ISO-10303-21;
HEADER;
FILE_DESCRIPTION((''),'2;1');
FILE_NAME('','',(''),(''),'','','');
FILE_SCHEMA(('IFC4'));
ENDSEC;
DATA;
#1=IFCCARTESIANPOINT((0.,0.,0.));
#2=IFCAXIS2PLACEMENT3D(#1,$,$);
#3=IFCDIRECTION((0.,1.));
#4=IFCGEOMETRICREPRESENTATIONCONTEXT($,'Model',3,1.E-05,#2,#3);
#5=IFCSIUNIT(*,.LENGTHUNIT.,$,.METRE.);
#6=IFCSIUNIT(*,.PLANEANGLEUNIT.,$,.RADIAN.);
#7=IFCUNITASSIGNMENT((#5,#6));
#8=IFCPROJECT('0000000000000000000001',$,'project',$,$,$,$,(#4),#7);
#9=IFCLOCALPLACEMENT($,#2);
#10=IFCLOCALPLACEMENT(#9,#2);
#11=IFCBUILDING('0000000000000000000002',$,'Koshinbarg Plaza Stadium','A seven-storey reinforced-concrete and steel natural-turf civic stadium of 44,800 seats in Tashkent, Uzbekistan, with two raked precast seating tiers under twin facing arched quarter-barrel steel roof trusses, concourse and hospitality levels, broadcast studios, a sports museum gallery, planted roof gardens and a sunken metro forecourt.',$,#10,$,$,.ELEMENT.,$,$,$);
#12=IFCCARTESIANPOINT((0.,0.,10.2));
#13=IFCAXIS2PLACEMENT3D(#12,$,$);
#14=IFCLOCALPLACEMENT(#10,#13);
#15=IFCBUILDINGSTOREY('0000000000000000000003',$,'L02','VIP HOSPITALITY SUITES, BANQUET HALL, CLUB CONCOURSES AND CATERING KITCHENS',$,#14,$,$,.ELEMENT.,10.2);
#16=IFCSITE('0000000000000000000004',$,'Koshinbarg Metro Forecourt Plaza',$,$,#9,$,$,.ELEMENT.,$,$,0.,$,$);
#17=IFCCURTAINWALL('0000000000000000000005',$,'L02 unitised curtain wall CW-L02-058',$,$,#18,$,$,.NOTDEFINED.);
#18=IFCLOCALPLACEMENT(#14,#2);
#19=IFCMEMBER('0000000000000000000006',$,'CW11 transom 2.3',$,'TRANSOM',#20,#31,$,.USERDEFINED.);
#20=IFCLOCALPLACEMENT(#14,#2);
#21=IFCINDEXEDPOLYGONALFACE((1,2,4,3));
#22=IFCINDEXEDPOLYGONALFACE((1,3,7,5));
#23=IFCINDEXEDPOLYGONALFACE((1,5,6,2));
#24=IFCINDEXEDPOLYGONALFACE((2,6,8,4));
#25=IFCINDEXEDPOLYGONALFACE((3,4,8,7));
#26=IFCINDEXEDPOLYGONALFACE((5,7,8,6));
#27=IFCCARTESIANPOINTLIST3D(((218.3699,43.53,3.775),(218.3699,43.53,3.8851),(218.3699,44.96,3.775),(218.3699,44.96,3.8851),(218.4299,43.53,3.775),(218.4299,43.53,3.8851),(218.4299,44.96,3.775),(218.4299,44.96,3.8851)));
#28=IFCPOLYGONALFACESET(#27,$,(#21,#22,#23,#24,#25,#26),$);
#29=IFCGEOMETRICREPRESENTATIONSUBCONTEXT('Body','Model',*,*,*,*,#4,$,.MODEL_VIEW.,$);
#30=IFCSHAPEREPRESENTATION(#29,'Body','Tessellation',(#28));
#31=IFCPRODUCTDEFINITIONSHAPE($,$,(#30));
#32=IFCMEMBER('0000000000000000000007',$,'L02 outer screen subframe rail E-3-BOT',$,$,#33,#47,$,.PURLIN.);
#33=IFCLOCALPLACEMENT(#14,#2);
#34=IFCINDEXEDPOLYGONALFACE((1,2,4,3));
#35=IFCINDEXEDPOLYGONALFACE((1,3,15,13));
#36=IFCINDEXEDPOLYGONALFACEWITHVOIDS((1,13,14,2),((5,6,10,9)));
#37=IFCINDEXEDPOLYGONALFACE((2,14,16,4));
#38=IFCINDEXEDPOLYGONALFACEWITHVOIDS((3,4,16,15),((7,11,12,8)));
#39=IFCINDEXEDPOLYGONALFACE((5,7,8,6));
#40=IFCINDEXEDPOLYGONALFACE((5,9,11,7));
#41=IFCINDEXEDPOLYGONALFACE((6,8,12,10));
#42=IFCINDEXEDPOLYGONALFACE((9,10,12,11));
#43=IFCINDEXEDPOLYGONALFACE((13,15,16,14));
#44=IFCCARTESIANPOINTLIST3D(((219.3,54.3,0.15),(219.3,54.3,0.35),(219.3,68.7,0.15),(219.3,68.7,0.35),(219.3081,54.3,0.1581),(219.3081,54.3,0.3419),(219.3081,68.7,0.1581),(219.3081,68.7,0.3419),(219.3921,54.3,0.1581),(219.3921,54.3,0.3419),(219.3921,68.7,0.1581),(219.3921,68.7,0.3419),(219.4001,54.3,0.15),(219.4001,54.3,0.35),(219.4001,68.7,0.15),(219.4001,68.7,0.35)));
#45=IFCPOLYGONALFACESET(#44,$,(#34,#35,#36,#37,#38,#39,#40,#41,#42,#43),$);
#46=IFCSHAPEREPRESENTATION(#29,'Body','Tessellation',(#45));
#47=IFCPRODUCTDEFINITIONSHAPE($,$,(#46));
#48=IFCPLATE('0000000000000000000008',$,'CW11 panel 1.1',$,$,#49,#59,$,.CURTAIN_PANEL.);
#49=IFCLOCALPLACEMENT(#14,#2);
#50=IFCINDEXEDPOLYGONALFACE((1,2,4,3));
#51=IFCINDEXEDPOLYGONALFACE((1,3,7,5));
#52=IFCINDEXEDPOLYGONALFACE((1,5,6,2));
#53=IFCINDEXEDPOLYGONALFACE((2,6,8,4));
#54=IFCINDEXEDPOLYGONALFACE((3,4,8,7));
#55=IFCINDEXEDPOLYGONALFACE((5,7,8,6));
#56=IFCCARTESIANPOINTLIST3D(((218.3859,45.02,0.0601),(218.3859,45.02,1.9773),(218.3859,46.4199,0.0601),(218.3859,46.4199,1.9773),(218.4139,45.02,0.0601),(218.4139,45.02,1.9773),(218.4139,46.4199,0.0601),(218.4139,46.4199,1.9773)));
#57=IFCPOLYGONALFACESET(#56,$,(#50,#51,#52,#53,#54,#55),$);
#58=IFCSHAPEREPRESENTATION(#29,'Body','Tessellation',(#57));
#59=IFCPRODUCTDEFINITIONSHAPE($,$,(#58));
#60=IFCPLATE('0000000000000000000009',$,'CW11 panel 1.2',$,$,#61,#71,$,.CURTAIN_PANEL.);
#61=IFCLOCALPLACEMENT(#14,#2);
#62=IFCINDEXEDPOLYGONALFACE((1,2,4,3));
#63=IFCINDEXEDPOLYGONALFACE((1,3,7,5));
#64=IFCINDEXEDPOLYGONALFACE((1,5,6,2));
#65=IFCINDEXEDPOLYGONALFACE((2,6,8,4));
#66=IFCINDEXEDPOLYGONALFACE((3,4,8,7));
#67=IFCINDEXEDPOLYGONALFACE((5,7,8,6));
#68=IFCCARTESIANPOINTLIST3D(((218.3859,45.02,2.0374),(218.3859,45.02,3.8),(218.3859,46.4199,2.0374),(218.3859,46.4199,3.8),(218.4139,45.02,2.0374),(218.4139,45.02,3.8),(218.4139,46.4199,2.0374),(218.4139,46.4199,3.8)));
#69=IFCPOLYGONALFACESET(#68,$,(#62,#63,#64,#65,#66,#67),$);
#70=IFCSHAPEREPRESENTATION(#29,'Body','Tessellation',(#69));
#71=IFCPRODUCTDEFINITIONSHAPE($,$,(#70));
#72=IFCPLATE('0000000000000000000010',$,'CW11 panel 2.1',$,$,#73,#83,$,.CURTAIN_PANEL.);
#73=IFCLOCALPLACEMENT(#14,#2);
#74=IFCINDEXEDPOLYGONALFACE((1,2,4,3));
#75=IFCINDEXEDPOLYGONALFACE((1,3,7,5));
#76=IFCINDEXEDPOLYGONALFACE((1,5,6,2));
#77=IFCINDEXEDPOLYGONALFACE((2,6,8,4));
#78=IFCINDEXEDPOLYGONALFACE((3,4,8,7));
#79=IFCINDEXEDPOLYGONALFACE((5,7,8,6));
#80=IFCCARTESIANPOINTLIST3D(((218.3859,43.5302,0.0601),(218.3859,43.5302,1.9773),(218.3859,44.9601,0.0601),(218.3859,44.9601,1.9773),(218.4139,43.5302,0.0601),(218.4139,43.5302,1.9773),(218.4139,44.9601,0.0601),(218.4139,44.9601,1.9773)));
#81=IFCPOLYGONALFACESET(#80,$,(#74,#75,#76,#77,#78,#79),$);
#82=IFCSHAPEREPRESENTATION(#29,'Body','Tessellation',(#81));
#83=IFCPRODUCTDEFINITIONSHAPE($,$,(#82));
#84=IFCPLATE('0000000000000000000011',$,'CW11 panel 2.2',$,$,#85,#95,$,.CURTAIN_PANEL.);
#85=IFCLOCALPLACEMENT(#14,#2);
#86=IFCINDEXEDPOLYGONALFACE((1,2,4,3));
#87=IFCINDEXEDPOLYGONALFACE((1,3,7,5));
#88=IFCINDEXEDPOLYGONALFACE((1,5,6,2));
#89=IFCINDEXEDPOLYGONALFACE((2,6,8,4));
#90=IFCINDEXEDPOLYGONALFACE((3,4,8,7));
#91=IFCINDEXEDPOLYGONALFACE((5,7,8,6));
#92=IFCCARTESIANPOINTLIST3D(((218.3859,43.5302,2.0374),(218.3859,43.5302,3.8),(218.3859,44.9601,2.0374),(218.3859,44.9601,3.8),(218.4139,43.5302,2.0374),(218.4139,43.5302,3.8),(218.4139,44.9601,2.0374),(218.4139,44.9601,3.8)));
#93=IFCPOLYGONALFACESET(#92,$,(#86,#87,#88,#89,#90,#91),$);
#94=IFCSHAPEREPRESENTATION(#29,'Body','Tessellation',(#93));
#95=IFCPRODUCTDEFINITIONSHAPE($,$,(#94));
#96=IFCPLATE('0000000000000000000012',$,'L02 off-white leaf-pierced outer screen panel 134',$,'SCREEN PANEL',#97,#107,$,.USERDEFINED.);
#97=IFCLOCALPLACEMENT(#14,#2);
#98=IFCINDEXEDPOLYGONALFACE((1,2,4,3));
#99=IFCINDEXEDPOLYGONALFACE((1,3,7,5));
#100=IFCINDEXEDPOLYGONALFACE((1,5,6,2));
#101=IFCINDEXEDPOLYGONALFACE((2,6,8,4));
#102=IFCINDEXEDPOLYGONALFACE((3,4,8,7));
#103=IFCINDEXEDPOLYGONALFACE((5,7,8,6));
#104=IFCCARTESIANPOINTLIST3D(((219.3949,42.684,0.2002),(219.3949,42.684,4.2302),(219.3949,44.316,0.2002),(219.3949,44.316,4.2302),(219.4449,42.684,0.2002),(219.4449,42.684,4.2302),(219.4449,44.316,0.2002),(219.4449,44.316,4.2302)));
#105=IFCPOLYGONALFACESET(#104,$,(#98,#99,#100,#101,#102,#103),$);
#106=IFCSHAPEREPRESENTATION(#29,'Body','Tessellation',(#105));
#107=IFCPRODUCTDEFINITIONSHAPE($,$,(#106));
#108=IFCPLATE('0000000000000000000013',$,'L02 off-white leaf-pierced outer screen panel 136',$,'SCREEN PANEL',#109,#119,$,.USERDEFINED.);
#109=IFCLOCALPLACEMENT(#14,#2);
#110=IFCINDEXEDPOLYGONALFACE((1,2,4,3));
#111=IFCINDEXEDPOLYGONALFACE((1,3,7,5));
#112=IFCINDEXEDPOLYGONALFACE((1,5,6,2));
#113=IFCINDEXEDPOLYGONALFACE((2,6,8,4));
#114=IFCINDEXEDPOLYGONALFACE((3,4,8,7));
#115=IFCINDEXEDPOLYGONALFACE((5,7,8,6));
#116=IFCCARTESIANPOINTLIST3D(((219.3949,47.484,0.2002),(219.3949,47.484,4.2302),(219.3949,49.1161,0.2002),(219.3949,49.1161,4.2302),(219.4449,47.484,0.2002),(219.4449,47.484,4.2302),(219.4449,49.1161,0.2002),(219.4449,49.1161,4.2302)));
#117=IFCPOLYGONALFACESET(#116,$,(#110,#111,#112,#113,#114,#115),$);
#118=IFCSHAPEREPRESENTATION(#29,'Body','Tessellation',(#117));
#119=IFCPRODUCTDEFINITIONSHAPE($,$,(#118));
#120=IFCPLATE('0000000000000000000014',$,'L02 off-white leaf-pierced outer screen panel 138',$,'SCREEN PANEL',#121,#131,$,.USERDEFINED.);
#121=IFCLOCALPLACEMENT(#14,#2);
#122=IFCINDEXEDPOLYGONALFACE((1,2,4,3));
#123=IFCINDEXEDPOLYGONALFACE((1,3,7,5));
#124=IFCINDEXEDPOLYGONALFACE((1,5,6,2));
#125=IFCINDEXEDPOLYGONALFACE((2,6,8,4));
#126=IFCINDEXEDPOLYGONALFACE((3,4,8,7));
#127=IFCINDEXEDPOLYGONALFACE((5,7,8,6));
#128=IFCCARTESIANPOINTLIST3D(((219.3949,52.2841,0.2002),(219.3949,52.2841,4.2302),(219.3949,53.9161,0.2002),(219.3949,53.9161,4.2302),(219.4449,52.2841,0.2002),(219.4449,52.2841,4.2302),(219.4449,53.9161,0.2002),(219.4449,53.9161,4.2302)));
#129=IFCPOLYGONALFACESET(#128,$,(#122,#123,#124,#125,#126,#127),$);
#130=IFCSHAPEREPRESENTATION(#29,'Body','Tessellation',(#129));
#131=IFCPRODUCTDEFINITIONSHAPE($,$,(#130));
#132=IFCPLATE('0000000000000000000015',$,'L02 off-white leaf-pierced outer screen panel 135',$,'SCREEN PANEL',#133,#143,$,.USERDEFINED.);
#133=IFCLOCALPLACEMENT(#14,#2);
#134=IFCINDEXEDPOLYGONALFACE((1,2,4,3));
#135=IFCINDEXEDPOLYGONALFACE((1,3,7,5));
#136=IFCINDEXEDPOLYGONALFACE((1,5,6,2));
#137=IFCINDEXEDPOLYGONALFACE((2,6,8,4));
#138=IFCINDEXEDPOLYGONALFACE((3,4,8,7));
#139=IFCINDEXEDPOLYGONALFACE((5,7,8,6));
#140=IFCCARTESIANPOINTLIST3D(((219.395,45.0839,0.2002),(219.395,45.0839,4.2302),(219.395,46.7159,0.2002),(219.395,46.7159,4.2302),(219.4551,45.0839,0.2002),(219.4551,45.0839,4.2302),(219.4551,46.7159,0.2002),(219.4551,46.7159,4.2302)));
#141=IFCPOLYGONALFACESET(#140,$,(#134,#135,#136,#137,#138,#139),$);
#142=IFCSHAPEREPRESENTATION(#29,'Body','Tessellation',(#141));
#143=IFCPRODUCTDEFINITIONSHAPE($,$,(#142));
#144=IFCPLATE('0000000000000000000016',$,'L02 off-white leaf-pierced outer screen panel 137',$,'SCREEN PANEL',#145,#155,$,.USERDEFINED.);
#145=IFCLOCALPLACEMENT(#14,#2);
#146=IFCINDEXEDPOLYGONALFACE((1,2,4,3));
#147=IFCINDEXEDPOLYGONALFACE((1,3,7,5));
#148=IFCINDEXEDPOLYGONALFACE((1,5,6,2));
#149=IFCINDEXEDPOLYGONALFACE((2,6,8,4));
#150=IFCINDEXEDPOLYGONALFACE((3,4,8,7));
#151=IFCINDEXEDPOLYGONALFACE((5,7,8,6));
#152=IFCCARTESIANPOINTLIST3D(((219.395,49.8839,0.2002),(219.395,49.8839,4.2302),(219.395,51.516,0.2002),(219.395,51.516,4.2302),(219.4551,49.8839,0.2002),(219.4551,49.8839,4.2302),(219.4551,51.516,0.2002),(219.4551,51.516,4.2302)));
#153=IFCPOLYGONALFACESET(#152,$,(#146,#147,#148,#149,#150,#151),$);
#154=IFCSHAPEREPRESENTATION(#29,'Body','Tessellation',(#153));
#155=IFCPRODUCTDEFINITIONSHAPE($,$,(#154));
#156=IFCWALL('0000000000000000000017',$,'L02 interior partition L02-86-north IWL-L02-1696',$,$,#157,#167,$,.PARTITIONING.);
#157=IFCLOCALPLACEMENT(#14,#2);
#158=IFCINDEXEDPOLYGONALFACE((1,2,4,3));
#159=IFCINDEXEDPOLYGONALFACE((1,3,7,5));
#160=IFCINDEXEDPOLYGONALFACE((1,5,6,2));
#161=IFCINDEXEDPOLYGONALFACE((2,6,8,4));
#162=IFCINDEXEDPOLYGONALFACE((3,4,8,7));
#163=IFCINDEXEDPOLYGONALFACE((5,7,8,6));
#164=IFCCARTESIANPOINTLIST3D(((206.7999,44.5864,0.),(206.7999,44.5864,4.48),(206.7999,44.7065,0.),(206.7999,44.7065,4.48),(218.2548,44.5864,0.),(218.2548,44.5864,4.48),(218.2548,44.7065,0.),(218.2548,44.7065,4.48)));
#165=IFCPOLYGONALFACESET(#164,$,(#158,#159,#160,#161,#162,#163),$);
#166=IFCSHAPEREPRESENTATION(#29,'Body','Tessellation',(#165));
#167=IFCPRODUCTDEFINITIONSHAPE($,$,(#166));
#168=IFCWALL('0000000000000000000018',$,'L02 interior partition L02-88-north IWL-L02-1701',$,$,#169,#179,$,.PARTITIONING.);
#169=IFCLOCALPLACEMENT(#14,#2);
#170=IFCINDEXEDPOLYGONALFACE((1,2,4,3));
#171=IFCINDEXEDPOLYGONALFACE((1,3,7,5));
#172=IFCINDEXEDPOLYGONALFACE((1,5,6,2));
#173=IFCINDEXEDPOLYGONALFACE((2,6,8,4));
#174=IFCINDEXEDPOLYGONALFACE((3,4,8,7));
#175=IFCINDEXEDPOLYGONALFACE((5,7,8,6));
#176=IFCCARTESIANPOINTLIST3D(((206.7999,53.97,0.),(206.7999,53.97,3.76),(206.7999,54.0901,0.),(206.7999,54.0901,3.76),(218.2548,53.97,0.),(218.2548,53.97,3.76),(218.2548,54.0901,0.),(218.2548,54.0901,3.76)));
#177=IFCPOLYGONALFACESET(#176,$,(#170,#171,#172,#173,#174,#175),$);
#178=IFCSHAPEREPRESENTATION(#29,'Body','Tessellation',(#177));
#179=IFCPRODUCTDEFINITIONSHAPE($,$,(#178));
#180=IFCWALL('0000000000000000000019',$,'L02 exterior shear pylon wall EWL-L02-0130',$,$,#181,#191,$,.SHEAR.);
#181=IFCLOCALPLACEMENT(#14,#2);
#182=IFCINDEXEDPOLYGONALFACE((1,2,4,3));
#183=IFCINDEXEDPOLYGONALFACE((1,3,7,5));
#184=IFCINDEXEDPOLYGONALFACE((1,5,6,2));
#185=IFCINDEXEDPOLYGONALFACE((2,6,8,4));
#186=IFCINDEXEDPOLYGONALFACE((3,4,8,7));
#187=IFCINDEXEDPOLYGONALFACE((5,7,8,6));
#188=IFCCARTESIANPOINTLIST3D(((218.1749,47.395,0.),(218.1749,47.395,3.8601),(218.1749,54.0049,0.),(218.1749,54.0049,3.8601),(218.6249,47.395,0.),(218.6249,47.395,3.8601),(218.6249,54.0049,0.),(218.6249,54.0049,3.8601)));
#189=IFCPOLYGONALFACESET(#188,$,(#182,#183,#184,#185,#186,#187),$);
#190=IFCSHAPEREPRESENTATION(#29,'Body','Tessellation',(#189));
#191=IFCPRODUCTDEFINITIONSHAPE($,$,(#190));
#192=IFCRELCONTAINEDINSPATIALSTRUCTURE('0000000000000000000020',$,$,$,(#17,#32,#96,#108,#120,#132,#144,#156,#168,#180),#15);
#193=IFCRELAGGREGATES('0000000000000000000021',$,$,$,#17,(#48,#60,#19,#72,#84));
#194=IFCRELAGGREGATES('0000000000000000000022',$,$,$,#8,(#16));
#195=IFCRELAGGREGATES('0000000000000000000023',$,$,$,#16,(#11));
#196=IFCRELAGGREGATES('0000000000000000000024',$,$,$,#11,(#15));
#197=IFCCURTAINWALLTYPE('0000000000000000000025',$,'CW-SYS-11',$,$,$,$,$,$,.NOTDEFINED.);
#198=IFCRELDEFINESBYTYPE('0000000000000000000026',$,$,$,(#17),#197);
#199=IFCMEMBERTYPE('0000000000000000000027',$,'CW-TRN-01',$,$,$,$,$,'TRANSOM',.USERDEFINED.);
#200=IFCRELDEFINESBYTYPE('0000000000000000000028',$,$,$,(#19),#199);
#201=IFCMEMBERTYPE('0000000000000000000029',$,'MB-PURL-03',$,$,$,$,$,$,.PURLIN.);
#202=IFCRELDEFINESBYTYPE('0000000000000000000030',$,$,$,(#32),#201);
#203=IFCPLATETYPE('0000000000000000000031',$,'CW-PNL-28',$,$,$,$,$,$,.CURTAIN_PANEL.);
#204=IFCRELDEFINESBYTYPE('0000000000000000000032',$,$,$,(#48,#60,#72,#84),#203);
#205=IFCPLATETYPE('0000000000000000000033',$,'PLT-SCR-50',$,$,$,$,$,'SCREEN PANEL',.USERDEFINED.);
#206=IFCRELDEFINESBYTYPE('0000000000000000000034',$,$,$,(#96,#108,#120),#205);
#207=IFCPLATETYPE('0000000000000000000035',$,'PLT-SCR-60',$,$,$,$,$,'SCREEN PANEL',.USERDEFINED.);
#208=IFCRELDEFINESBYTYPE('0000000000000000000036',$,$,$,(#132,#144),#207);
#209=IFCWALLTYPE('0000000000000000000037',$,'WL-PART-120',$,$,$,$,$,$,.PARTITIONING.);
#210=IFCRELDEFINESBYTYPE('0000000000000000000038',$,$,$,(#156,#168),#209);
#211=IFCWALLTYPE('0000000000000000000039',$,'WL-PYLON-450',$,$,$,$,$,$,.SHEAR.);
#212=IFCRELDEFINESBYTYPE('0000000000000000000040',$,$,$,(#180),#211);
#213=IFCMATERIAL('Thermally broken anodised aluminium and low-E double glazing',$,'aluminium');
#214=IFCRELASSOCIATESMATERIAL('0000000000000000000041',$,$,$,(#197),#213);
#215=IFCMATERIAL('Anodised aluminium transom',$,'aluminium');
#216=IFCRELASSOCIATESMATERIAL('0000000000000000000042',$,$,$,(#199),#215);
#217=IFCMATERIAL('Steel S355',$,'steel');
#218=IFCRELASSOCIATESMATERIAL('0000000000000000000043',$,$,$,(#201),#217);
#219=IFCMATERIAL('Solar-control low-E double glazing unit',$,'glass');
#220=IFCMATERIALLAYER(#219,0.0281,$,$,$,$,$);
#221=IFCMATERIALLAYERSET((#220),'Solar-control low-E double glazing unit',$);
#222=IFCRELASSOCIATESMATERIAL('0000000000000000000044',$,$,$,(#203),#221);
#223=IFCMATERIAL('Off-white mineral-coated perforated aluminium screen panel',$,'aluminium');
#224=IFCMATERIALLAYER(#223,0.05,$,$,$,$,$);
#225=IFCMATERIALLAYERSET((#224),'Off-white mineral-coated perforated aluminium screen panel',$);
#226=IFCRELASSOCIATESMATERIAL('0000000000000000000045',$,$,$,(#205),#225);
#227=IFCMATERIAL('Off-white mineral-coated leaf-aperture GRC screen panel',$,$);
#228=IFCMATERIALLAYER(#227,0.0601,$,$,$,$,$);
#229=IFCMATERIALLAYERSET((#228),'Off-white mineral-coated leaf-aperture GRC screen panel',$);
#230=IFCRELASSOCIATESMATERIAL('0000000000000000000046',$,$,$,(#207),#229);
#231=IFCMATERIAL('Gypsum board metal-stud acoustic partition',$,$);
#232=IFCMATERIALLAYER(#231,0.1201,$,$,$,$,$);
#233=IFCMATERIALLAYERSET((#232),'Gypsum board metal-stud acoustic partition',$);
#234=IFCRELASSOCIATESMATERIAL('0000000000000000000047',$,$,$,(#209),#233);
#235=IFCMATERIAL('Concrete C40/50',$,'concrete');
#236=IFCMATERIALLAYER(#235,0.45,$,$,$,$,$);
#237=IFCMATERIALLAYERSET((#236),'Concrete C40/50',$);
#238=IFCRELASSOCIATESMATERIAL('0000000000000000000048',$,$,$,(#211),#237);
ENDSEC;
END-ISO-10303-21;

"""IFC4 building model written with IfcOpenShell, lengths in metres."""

from ifc_helpers import new_model, si_unit, direction, frame, frame_2d, origin, origin_2d, place, context, subcontext, project, spatial, rectangle, hollow_rectangle, extrude, material, layer, layer_set, material_profile, profile_set, type_object, element, aggregate, save


model = new_model("IFC4")

# Units and contexts
model_context = context("Model", 3, precision=1e-05, world=origin(), true_north=direction((0.0, 1.0)))
body_context = subcontext(model_context, "Body", "Model", "MODEL_VIEW")
ifc_project = project(units=[si_unit("LENGTHUNIT", "METRE"), si_unit("PLANEANGLEUNIT", "RADIAN")], contexts=[model_context])

# Site, building, storey
site_placement = place(None, origin())
site = spatial("IfcSite", under=ifc_project, at=site_placement, Name="Koshinbarg Metro Forecourt Plaza", CompositionType="ELEMENT", RefElevation=0.0)
building_placement = place(site_placement, origin())
building = spatial("IfcBuilding", under=site, at=building_placement, Name="Koshinbarg Plaza Stadium", Description="A seven-storey reinforced-concrete and steel natural-turf civic stadium of 44,800 seats in Tashkent, Uzbekistan, with two raked precast seating tiers under twin facing arched quarter-barrel steel roof trusses, concourse and hospitality levels, broadcast studios, a sports museum gallery, planted roof gardens and a sunken metro forecourt.", CompositionType="ELEMENT")
storey_placement = place(building_placement, frame((0.0, 0.0, 10.2)))
storey = spatial("IfcBuildingStorey", under=building, at=storey_placement, Name="L02", Description="VIP HOSPITALITY SUITES, BANQUET HALL, CLUB CONCOURSES AND CATERING KITCHENS", CompositionType="ELEMENT", Elevation=10.2)

# Shared definitions
ifc_material_1 = material(Name="Concrete C40/50", Category="concrete")

# Shared definitions
ifc_material_2 = material(Name="Steel S355", Category="steel")

# Curtain wall, member
ifc_material_3 = material(Name="Thermally broken anodised aluminium and low-E double glazing", Category="aluminium")
curtain_wall_type = type_object("IfcCurtainWallType", Name="CW-SYS-11", PredefinedType="NOTDEFINED", material=ifc_material_3)
curtain_wall_placement = place(storey_placement, origin())
curtain_wall = element("IfcCurtainWall", 1, at=curtain_wall_placement, inside=storey, type_object=curtain_wall_type, Name="L02 unitised curtain wall CW-L02-058", PredefinedType="NOTDEFINED")
ifc_material_4 = material(Name="Anodised aluminium transom", Category="aluminium")
ifc_material_profile_1 = material_profile(ifc_material_4, rectangle(XDim=0.0601, YDim=0.1101, at=origin_2d()), Name="ALU 60x110")
ifc_profile_set_1 = profile_set([ifc_material_profile_1], Name="Anodised aluminium transom")
member_type_1 = type_object("IfcMemberType", Name="CW-TRN-01", ElementType="TRANSOM", PredefinedType="USERDEFINED", material=ifc_profile_set_1)
member_1_placement = place(storey_placement, frame((218.3999, 44.96, 3.8301), z_axis=(0.0, -1.0, 0.0), x_axis=(1.0, 0.0, 0.0)))
member_1 = element("IfcMember", 2, at=member_1_placement, type_object=member_type_1, Name="CW11 transom 2.3", ObjectType="TRANSOM", PredefinedType="USERDEFINED", context=body_context, shape_type="SweptSolid", body=[
    extrude(rectangle(XDim=0.0601, YDim=0.1101, at=origin_2d()), origin(), (0.0, 0.0, 1.0), 1.4299),
])

# Member
ifc_material_profile_2 = material_profile(ifc_material_2, hollow_rectangle(XDim=0.1001, YDim=0.2, WallThickness=0.0081, at=origin_2d()), Name="RHS 200x100x8")
ifc_profile_set_2 = profile_set([ifc_material_profile_2], Name="Steel S355")
member_type_2 = type_object("IfcMemberType", Name="MB-PURL-03", PredefinedType="PURLIN", material=ifc_profile_set_2)
member_2_placement = place(storey_placement, frame((219.3501, 54.3, 0.25), z_axis=(0.0, 1.0, 0.0), x_axis=(-1.0, 0.0, 0.0)))
element("IfcMember", 3, at=member_2_placement, inside=storey, type_object=member_type_2, Name="L02 outer screen subframe rail E-3-BOT", PredefinedType="PURLIN", context=body_context, shape_type="SweptSolid", body=[
    extrude(hollow_rectangle(XDim=0.1001, YDim=0.2, WallThickness=0.0081, at=origin_2d()), origin(), (0.0, 0.0, 1.0), 14.3999),
])

# Plates
ifc_material_5 = material(Name="Solar-control low-E double glazing unit", Category="glass")
ifc_layer_1 = layer(ifc_material_5, 0.0281)
ifc_layer_set_1 = layer_set([ifc_layer_1], Name="Solar-control low-E double glazing unit")
plate_type_1 = type_object("IfcPlateType", Name="CW-PNL-28", PredefinedType="CURTAIN_PANEL", material=ifc_layer_set_1)
plate_1_placement = place(storey_placement, frame((218.3999, 45.72, 0.0601), z_axis=(0.0, 0.0, 1.0), x_axis=(0.0, -1.0, 0.0)))
plate_1 = element("IfcPlate", 4, at=plate_1_placement, type_object=plate_type_1, Name="CW11 panel 1.1", PredefinedType="CURTAIN_PANEL", context=body_context, shape_type="SweptSolid", body=[
    extrude(rectangle(XDim=1.3999, YDim=0.0281, at=origin_2d()), origin(), (0.0, 0.0, 1.0), 1.9172),
])
plate_2_placement = place(storey_placement, frame((218.3999, 45.72, 2.0374), z_axis=(0.0, 0.0, 1.0), x_axis=(0.0, -1.0, 0.0)))
plate_2 = element("IfcPlate", 5, at=plate_2_placement, type_object=plate_type_1, Name="CW11 panel 1.2", PredefinedType="CURTAIN_PANEL", context=body_context, shape_type="SweptSolid", body=[
    extrude(rectangle(XDim=1.3999, YDim=0.0281, at=origin_2d()), origin(), (0.0, 0.0, 1.0), 1.7627),
])
plate_3_placement = place(storey_placement, frame((218.3999, 44.2451, 0.0601), z_axis=(0.0, 0.0, 1.0), x_axis=(0.0, -1.0, 0.0)))
plate_3 = element("IfcPlate", 6, at=plate_3_placement, type_object=plate_type_1, Name="CW11 panel 2.1", PredefinedType="CURTAIN_PANEL", context=body_context, shape_type="SweptSolid", body=[
    extrude(rectangle(XDim=1.4299, YDim=0.0281, at=origin_2d()), origin(), (0.0, 0.0, 1.0), 1.9172),
])
plate_4_placement = place(storey_placement, frame((218.3999, 44.2451, 2.0374), z_axis=(0.0, 0.0, 1.0), x_axis=(0.0, -1.0, 0.0)))
plate_4 = element("IfcPlate", 7, at=plate_4_placement, type_object=plate_type_1, Name="CW11 panel 2.2", PredefinedType="CURTAIN_PANEL", context=body_context, shape_type="SweptSolid", body=[
    extrude(rectangle(XDim=1.4299, YDim=0.0281, at=origin_2d()), origin(), (0.0, 0.0, 1.0), 1.7627),
])
aggregate(curtain_wall, [plate_1, plate_2, member_1, plate_3, plate_4])

# Plates
ifc_material_6 = material(Name="Off-white mineral-coated perforated aluminium screen panel", Category="aluminium")
ifc_layer_2 = layer(ifc_material_6, 0.05)
ifc_layer_set_2 = layer_set([ifc_layer_2], Name="Off-white mineral-coated perforated aluminium screen panel")
plate_type_2 = type_object("IfcPlateType", Name="PLT-SCR-50", ElementType="SCREEN PANEL", PredefinedType="USERDEFINED", material=ifc_layer_set_2)
for number, where, z_axis, x_axis, name in (
    (8, (219.4199, 43.5, 0.2002), (0.0, 0.0, 1.0), (1.0, 0.0, 0.0), "L02 off-white leaf-pierced outer screen panel 134"),
    (9, (219.4199, 48.3, 0.2002), (0.0, 0.0, 1.0), (1.0, 0.0, 0.0), "L02 off-white leaf-pierced outer screen panel 136"),
    (10, (219.4199, 53.1001, 0.2002), (0.0, 0.0, 1.0), (1.0, 0.0, 0.0), "L02 off-white leaf-pierced outer screen panel 138"),
):
    element("IfcPlate", number, at=place(storey_placement, frame(where, z_axis=z_axis, x_axis=x_axis)), inside=storey, type_object=plate_type_2, Name=name, ObjectType="SCREEN PANEL", PredefinedType="USERDEFINED", context=body_context, shape_type="SweptSolid", body=[
        extrude(rectangle(XDim=0.05, YDim=1.6321, at=origin_2d()), origin(), (0.0, 0.0, 1.0), 4.03),
    ])
ifc_material_7 = material(Name="Off-white mineral-coated leaf-aperture GRC screen panel")
ifc_layer_3 = layer(ifc_material_7, 0.0601)
ifc_layer_set_3 = layer_set([ifc_layer_3], Name="Off-white mineral-coated leaf-aperture GRC screen panel")
plate_type_3 = type_object("IfcPlateType", Name="PLT-SCR-60", ElementType="SCREEN PANEL", PredefinedType="USERDEFINED", material=ifc_layer_set_3)
for number, where, z_axis, x_axis, name in (
    (11, (219.425, 45.8999, 0.2002), (0.0, 0.0, 1.0), (1.0, 0.0, 0.0), "L02 off-white leaf-pierced outer screen panel 135"),
    (12, (219.425, 50.7, 0.2002), (0.0, 0.0, 1.0), (1.0, 0.0, 0.0), "L02 off-white leaf-pierced outer screen panel 137"),
):
    element("IfcPlate", number, at=place(storey_placement, frame(where, z_axis=z_axis, x_axis=x_axis)), inside=storey, type_object=plate_type_3, Name=name, ObjectType="SCREEN PANEL", PredefinedType="USERDEFINED", context=body_context, shape_type="SweptSolid", body=[
        extrude(rectangle(XDim=0.0601, YDim=1.6321, at=origin_2d()), origin(), (0.0, 0.0, 1.0), 4.03),
    ])

# Walls
ifc_material_8 = material(Name="Gypsum board metal-stud acoustic partition")
ifc_layer_4 = layer(ifc_material_8, 0.1201)
ifc_layer_set_4 = layer_set([ifc_layer_4], Name="Gypsum board metal-stud acoustic partition")
wall_type_1 = type_object("IfcWallType", Name="WL-PART-120", PredefinedType="PARTITIONING", material=ifc_layer_set_4)
wall_1_placement = place(storey_placement, frame((218.2549, 44.6465, 0.0), z_axis=(0.0, 0.0, 1.0), x_axis=(-1.0, 0.0, 0.0)))
element("IfcWall", 13, at=wall_1_placement, inside=storey, type_object=wall_type_1, Name="L02 interior partition L02-86-north IWL-L02-1696", PredefinedType="PARTITIONING", context=body_context, shape_type="SweptSolid", body=[
    extrude(rectangle(XDim=11.4548, YDim=0.1201, at=frame_2d((5.7275, 0.0))), origin(), (0.0, 0.0, 1.0), 4.48),
])
wall_2_placement = place(storey_placement, frame((218.2549, 54.03, 0.0), z_axis=(0.0, 0.0, 1.0), x_axis=(-1.0, 0.0, 0.0)))
element("IfcWall", 14, at=wall_2_placement, inside=storey, type_object=wall_type_1, Name="L02 interior partition L02-88-north IWL-L02-1701", PredefinedType="PARTITIONING", context=body_context, shape_type="SweptSolid", body=[
    extrude(rectangle(XDim=11.4548, YDim=0.1201, at=frame_2d((5.7275, 0.0))), origin(), (0.0, 0.0, 1.0), 3.76),
])
ifc_layer_5 = layer(ifc_material_1, 0.45)
ifc_layer_set_5 = layer_set([ifc_layer_5], Name="Concrete C40/50")
wall_type_2 = type_object("IfcWallType", Name="WL-PYLON-450", PredefinedType="SHEAR", material=ifc_layer_set_5)
wall_3_placement = place(storey_placement, frame((218.3999, 54.0049, 0.0), z_axis=(0.0, 0.0, 1.0), x_axis=(0.0, -1.0, 0.0)))
element("IfcWall", 15, at=wall_3_placement, inside=storey, type_object=wall_type_2, Name="L02 exterior shear pylon wall EWL-L02-0130", PredefinedType="SHEAR", context=body_context, shape_type="SweptSolid", body=[
    extrude(rectangle(XDim=6.6099, YDim=0.45, at=frame_2d((3.3049, 0.0))), origin(), (0.0, 0.0, 1.0), 3.8601),
])

save(model, "model.ifc")
